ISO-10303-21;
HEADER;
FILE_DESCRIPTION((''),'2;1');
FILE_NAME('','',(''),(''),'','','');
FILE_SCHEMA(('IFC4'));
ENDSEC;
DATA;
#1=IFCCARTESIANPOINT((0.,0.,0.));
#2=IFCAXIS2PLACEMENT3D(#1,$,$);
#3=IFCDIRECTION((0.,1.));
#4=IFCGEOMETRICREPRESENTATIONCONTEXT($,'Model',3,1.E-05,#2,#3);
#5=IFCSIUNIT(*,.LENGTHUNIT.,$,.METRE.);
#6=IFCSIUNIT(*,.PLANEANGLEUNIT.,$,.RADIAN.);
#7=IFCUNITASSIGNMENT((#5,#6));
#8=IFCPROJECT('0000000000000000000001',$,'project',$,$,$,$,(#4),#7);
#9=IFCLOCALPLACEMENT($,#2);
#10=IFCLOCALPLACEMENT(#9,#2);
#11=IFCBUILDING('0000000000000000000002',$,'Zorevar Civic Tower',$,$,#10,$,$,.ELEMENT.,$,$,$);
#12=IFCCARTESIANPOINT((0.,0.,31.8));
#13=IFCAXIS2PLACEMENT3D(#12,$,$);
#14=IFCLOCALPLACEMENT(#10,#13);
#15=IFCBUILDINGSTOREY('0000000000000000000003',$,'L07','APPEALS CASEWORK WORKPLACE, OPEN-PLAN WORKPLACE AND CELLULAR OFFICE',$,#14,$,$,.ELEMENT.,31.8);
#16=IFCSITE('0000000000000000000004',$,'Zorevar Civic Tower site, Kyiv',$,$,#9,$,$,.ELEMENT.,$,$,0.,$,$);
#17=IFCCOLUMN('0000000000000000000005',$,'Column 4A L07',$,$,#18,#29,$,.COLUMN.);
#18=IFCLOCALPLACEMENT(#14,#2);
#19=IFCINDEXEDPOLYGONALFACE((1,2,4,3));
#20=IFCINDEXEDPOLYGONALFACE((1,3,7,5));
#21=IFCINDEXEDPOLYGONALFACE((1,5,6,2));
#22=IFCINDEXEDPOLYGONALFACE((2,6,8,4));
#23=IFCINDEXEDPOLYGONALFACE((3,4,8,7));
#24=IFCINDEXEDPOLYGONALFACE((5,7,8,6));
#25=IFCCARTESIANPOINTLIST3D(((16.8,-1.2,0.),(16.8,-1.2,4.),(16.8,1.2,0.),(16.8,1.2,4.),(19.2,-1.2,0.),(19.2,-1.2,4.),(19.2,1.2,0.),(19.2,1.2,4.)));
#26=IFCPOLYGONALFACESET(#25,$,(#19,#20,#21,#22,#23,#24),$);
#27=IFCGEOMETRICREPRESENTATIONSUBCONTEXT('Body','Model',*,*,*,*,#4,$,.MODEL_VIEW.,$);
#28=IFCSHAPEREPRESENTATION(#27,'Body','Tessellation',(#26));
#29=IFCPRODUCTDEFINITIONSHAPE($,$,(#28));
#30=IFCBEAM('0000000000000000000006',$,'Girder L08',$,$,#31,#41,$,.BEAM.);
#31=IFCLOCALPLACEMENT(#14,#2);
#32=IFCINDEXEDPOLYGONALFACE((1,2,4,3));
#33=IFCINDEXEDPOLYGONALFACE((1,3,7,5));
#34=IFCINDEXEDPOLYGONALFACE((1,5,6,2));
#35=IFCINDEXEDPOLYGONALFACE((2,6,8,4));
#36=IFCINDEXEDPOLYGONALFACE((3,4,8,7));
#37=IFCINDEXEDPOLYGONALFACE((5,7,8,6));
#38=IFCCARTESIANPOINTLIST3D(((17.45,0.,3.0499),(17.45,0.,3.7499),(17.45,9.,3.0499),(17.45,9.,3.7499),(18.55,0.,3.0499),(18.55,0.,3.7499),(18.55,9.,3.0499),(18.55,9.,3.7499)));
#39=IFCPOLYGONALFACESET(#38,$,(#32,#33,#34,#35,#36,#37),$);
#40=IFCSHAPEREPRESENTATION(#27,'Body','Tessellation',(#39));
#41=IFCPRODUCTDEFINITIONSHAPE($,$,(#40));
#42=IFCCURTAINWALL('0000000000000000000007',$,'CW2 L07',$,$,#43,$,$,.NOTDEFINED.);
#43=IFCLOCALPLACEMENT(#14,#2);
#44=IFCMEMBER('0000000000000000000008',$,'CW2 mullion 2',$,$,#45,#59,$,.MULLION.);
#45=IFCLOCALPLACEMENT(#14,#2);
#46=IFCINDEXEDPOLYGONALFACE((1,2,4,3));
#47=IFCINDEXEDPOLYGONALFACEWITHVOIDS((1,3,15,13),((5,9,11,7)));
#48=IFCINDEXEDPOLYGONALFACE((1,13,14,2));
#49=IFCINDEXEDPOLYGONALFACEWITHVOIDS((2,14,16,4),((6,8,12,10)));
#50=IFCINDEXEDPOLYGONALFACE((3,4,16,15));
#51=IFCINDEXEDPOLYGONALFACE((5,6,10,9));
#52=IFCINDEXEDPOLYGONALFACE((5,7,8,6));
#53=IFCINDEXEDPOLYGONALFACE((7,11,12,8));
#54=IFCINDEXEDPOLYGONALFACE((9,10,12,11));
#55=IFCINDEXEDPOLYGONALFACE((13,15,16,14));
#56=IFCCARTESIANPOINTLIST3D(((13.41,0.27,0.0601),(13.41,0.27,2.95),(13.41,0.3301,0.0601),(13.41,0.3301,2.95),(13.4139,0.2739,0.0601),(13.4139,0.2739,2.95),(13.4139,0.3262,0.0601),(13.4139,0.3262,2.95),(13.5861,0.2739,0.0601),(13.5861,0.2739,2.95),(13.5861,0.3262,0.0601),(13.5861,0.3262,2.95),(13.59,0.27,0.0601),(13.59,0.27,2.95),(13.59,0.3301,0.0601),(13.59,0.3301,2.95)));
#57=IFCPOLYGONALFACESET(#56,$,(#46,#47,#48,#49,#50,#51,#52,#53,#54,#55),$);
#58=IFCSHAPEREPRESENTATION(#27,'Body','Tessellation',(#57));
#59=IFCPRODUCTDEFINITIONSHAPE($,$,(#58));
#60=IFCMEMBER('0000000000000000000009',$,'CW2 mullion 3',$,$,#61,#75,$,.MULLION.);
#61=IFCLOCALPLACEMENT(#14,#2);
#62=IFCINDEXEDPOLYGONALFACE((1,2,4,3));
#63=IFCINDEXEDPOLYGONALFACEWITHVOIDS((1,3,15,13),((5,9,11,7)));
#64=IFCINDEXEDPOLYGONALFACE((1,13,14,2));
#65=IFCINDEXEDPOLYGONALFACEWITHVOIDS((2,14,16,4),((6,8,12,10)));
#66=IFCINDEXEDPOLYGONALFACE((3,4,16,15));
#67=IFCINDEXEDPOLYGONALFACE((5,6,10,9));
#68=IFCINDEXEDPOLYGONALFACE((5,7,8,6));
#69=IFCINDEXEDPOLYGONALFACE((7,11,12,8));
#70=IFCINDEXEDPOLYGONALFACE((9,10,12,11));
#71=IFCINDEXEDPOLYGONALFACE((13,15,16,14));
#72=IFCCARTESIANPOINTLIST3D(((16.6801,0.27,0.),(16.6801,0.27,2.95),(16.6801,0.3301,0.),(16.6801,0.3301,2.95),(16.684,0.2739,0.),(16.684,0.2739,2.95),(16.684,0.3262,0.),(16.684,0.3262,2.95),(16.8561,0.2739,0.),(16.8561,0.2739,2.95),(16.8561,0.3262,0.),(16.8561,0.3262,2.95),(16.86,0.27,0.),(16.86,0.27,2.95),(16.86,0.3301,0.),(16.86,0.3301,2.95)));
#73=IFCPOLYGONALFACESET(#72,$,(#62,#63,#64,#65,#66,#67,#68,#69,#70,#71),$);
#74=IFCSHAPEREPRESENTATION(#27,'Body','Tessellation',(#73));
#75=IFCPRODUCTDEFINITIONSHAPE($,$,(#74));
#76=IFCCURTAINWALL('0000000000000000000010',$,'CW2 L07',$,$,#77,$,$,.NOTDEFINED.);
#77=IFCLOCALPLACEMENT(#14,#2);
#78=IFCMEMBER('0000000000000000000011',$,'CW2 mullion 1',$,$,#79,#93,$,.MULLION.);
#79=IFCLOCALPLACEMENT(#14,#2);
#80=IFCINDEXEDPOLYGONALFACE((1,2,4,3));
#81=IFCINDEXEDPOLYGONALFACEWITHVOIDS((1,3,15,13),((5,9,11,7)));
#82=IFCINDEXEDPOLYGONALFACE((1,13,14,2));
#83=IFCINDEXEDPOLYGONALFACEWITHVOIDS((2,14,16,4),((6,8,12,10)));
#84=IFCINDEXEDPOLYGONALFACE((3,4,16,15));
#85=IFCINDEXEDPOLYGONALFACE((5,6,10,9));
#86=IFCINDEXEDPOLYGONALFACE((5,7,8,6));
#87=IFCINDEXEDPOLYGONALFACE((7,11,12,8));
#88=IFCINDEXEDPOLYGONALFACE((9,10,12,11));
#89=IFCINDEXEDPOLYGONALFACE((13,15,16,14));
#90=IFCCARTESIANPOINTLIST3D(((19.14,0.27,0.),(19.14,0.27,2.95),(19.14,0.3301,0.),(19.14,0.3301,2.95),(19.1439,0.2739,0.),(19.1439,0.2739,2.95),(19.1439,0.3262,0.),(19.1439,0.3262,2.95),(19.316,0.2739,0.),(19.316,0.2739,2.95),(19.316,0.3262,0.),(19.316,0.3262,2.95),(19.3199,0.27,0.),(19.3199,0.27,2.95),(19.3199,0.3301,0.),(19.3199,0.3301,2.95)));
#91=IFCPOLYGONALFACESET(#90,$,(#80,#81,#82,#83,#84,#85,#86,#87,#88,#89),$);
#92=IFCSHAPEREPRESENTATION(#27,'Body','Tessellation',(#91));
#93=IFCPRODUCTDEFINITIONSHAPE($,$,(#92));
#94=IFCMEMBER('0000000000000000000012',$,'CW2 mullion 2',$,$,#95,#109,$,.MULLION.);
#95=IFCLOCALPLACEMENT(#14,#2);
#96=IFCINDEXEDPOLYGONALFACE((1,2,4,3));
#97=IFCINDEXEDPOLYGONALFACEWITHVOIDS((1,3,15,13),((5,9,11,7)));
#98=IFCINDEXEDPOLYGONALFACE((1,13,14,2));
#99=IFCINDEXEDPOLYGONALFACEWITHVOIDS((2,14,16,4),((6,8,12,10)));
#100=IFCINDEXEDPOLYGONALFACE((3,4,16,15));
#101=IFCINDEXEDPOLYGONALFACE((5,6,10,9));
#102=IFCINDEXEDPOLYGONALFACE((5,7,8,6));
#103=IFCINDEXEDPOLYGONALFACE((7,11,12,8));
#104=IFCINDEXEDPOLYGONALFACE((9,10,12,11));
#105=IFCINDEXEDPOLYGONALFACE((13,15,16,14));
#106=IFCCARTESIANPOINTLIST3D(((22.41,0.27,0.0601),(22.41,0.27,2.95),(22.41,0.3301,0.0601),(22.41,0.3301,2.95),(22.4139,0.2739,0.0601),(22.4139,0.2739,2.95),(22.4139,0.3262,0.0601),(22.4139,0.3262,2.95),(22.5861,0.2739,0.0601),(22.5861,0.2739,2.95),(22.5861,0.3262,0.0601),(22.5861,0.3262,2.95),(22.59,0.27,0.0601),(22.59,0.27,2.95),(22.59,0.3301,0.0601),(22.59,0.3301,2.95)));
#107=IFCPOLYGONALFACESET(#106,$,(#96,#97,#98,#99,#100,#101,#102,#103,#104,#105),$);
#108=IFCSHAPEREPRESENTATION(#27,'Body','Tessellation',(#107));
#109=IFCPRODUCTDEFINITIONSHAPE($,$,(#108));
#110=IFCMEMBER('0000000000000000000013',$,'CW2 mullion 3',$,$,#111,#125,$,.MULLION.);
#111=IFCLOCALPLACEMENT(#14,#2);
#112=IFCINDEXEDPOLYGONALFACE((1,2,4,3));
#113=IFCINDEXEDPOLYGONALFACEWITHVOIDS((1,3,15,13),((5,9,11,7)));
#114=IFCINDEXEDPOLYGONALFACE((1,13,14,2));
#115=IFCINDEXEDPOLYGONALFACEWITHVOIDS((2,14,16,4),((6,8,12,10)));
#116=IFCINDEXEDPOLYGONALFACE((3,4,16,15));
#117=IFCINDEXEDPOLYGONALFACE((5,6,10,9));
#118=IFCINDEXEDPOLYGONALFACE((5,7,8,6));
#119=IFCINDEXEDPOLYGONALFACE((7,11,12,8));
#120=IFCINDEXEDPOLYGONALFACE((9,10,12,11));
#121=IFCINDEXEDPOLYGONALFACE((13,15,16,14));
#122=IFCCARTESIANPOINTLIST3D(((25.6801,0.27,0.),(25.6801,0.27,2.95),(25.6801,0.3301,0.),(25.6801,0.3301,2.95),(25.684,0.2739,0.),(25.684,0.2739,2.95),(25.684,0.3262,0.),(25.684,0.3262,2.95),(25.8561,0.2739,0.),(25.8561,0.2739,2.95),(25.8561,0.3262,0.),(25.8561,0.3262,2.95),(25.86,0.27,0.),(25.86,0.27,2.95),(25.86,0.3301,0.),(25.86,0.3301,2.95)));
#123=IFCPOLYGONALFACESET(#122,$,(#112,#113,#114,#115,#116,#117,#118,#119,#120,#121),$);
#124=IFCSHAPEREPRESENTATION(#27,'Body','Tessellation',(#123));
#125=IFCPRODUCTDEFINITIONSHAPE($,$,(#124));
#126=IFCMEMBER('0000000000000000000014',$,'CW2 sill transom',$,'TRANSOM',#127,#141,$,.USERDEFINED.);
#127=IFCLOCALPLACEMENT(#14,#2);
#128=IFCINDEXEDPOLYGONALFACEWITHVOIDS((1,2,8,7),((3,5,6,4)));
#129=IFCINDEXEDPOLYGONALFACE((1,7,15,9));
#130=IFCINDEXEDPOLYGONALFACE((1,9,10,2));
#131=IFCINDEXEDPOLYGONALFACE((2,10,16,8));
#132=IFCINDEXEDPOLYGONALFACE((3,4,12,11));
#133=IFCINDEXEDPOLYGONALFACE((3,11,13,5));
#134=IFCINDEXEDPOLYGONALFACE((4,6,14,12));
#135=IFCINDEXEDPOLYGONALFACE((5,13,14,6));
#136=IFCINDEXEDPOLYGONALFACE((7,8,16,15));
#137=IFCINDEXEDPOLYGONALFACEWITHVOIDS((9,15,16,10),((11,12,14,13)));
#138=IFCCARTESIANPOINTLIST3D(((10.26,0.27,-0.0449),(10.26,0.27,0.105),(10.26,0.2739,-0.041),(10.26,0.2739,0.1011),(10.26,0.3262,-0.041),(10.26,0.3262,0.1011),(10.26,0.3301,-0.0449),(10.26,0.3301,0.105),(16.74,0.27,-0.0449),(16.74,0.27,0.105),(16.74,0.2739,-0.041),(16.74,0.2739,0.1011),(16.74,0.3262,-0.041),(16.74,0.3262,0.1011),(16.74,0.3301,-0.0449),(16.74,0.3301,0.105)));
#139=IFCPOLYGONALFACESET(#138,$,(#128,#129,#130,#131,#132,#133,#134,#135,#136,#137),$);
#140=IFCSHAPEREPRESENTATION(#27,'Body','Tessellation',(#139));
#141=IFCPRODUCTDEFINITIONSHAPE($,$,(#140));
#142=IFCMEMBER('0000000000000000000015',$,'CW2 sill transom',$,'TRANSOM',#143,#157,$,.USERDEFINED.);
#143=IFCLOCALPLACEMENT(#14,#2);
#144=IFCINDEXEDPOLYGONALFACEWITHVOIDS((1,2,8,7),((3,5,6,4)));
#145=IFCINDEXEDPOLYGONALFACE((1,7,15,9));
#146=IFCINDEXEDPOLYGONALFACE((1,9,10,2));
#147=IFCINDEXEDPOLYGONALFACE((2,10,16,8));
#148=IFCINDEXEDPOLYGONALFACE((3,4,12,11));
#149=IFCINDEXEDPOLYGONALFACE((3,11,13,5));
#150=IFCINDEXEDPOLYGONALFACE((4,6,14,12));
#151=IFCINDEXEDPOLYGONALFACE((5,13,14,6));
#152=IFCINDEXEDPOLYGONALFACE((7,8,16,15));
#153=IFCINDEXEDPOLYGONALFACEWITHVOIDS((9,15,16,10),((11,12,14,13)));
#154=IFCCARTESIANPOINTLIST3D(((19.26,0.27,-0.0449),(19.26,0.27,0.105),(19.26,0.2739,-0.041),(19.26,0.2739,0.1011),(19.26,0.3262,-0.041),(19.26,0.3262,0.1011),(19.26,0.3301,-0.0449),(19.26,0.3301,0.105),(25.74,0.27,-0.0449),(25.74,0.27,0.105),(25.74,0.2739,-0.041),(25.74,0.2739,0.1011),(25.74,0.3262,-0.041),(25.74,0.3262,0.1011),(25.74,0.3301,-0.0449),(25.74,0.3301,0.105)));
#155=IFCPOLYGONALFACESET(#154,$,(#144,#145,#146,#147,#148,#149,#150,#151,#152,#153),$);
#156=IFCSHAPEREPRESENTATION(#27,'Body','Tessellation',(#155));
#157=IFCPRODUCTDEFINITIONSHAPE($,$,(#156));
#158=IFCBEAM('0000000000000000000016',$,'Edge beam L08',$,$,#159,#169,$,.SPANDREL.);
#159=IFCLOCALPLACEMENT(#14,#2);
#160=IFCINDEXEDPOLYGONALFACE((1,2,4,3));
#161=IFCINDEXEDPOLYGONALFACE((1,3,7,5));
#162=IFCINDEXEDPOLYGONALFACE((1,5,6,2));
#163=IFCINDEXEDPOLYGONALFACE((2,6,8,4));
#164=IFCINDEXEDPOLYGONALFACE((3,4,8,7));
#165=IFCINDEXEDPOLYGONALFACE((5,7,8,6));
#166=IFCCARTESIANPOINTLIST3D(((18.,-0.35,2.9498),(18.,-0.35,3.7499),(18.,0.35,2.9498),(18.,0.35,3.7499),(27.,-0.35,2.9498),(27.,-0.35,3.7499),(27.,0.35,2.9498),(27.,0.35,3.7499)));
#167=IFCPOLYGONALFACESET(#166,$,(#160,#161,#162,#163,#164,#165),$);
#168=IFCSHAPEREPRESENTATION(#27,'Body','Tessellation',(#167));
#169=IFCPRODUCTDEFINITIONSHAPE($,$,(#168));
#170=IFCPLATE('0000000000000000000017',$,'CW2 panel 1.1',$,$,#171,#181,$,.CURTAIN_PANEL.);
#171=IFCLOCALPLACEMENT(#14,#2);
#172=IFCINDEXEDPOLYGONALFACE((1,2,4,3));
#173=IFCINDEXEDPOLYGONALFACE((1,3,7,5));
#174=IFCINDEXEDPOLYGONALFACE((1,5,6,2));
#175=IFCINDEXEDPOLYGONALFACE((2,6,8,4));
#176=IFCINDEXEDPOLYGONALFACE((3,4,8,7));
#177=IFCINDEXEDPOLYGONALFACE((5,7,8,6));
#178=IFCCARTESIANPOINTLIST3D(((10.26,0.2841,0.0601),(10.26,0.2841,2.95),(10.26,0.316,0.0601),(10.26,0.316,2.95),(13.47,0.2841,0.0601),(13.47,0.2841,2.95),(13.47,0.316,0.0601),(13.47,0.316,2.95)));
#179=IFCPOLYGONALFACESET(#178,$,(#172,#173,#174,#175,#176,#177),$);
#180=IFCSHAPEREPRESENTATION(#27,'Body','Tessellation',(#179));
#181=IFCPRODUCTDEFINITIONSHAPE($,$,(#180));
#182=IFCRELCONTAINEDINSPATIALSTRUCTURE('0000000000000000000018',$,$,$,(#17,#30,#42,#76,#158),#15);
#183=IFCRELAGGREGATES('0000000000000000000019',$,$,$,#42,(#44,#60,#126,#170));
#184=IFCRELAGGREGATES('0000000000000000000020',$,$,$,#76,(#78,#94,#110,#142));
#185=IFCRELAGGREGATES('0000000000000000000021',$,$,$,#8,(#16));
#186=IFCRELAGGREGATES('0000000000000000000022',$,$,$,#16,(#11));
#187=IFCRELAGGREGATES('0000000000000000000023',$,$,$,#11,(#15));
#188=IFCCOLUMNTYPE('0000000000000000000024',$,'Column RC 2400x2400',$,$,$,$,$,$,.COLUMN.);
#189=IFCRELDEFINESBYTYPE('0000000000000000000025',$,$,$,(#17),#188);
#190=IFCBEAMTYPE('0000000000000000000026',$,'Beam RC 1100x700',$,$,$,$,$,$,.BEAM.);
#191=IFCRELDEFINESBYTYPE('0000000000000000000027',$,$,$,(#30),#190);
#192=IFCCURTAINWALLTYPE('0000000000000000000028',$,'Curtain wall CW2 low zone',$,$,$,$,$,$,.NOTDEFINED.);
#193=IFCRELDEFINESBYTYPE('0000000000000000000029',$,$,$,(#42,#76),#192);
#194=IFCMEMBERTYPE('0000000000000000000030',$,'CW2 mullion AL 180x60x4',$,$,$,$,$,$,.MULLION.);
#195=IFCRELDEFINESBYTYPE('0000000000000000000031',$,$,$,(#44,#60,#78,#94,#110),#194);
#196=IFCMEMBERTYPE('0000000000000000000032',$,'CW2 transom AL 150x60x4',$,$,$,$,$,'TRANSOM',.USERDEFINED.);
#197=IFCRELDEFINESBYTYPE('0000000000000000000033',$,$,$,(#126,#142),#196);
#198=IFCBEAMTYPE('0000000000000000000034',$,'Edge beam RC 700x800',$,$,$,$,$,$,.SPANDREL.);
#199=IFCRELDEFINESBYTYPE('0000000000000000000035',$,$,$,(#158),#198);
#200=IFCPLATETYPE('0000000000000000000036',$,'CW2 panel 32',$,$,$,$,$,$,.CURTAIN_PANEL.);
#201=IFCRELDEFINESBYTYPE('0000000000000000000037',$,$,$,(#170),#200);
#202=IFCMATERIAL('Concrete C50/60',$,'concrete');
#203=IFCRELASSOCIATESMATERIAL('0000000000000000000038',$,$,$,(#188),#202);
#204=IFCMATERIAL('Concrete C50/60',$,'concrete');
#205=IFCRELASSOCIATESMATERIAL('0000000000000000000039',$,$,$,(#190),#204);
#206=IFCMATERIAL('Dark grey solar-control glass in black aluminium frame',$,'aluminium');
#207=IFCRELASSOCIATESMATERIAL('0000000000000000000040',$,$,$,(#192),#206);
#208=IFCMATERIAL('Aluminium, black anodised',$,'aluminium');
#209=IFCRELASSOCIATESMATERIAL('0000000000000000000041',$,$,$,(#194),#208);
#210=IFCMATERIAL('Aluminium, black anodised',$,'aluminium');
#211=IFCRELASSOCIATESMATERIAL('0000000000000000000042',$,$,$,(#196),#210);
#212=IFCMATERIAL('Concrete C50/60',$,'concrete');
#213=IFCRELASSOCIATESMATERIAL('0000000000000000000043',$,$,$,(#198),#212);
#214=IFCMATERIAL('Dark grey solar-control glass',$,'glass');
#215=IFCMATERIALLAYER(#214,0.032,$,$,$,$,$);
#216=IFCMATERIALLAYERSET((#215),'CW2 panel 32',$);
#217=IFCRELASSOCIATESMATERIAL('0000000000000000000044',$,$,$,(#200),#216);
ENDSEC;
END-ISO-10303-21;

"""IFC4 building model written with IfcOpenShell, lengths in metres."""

from ifc_helpers import new_model, si_unit, direction, frame, origin, origin_2d, place, context, subcontext, project, spatial, rectangle, hollow_rectangle, extrude, material, layer, layer_set, material_profile, profile_set, type_object, element, aggregate, save


model = new_model("IFC4")

# Units and contexts
model_context = context("Model", 3, precision=1e-05, world=origin(), true_north=direction((0.0, 1.0)))
body_context = subcontext(model_context, "Body", "Model", "MODEL_VIEW")
ifc_project = project(units=[si_unit("LENGTHUNIT", "METRE"), si_unit("PLANEANGLEUNIT", "RADIAN")], contexts=[model_context])

# Site, building, storey
site_placement = place(None, origin())
site = spatial("IfcSite", under=ifc_project, at=site_placement, Name="Zorevar Civic Tower site, Kyiv", CompositionType="ELEMENT", RefElevation=0.0)
building_placement = place(site_placement, origin())
building = spatial("IfcBuilding", under=site, at=building_placement, Name="Zorevar Civic Tower", CompositionType="ELEMENT")
storey_placement = place(building_placement, frame((0.0, 0.0, 31.8)))
storey = spatial("IfcBuildingStorey", under=building, at=storey_placement, Name="L07", Description="APPEALS CASEWORK WORKPLACE, OPEN-PLAN WORKPLACE AND CELLULAR OFFICE", CompositionType="ELEMENT", Elevation=31.8)

# Column
ifc_material_1 = material(Name="Concrete C50/60", Category="concrete")
ifc_material_profile_1 = material_profile(ifc_material_1, rectangle(XDim=2.3999, YDim=2.3999, at=origin_2d()), Name="RC 2400x2400")
ifc_profile_set_1 = profile_set([ifc_material_profile_1], Name="Concrete C50/60")
column_type = type_object("IfcColumnType", Name="Column RC 2400x2400", PredefinedType="COLUMN", material=ifc_profile_set_1)
column_placement = place(storey_placement, frame((18.0, 0.0, 0.0), z_axis=(0.0, 0.0, 1.0), x_axis=(1.0, 0.0, 0.0)))
element("IfcColumn", 1, at=column_placement, inside=storey, type_object=column_type, Name="Column 4A L07", PredefinedType="COLUMN", context=body_context, shape_type="SweptSolid", body=[
    extrude(rectangle(XDim=2.3999, YDim=2.3999, at=origin_2d()), origin(), (0.0, 0.0, 1.0), 4.0),
])

# Beam
ifc_material_2 = material(Name="Concrete C50/60", Category="concrete")
ifc_material_profile_2 = material_profile(ifc_material_2, rectangle(XDim=1.1001, YDim=0.7, at=origin_2d()), Name="RC 1100x700")
ifc_profile_set_2 = profile_set([ifc_material_profile_2], Name="Concrete C50/60")
beam_type_1 = type_object("IfcBeamType", Name="Beam RC 1100x700", PredefinedType="BEAM", material=ifc_profile_set_2)
beam_1_placement = place(storey_placement, frame((18.0, 0.0, 3.3999), z_axis=(0.0, 1.0, 0.0), x_axis=(-1.0, 0.0, 0.0)))
element("IfcBeam", 2, at=beam_1_placement, inside=storey, type_object=beam_type_1, Name="Girder L08", PredefinedType="BEAM", context=body_context, shape_type="SweptSolid", body=[
    extrude(rectangle(XDim=1.1001, YDim=0.7, at=origin_2d()), origin(), (0.0, 0.0, 1.0), 9.0),
])

# Curtain walls, members
ifc_material_3 = material(Name="Dark grey solar-control glass in black aluminium frame", Category="aluminium")
curtain_wall_type = type_object("IfcCurtainWallType", Name="Curtain wall CW2 low zone", PredefinedType="NOTDEFINED", material=ifc_material_3)
curtain_wall_1_placement = place(storey_placement, origin())
curtain_wall_1 = element("IfcCurtainWall", 3, at=curtain_wall_1_placement, inside=storey, type_object=curtain_wall_type, Name="CW2 L07", PredefinedType="NOTDEFINED")
ifc_material_4 = material(Name="Aluminium, black anodised", Category="aluminium")
ifc_material_profile_3 = material_profile(ifc_material_4, hollow_rectangle(XDim=0.0601, YDim=0.1799, WallThickness=0.0039, at=origin_2d()), Name="AL 180x60x4")
ifc_profile_set_3 = profile_set([ifc_material_profile_3], Name="Aluminium, black anodised")
member_type_1 = type_object("IfcMemberType", Name="CW2 mullion AL 180x60x4", PredefinedType="MULLION", material=ifc_profile_set_3)
member_1_placement = place(storey_placement, frame((13.5, 0.3, 0.0601), z_axis=(0.0, 0.0, 1.0), x_axis=(0.0, 1.0, 0.0)))
member_1 = element("IfcMember", 4, at=member_1_placement, type_object=member_type_1, Name="CW2 mullion 2", PredefinedType="MULLION", context=body_context, shape_type="SweptSolid", body=[
    extrude(hollow_rectangle(XDim=0.0601, YDim=0.1799, WallThickness=0.0039, at=origin_2d()), origin(), (0.0, 0.0, 1.0), 2.8899),
])
member_2_placement = place(storey_placement, frame((16.77, 0.3, 0.0), z_axis=(0.0, 0.0, 1.0), x_axis=(0.0, 1.0, 0.0)))
member_2 = element("IfcMember", 5, at=member_2_placement, type_object=member_type_1, Name="CW2 mullion 3", PredefinedType="MULLION", context=body_context, shape_type="SweptSolid", body=[
    extrude(hollow_rectangle(XDim=0.0601, YDim=0.1799, WallThickness=0.0039, at=origin_2d()), origin(), (0.0, 0.0, 1.0), 2.95),
])
curtain_wall_2_placement = place(storey_placement, origin())
curtain_wall_2 = element("IfcCurtainWall", 6, at=curtain_wall_2_placement, inside=storey, type_object=curtain_wall_type, Name="CW2 L07", PredefinedType="NOTDEFINED")
member_3_placement = place(storey_placement, frame((19.23, 0.3, 0.0), z_axis=(0.0, 0.0, 1.0), x_axis=(0.0, 1.0, 0.0)))
member_3 = element("IfcMember", 7, at=member_3_placement, type_object=member_type_1, Name="CW2 mullion 1", PredefinedType="MULLION", context=body_context, shape_type="SweptSolid", body=[
    extrude(hollow_rectangle(XDim=0.0601, YDim=0.1799, WallThickness=0.0039, at=origin_2d()), origin(), (0.0, 0.0, 1.0), 2.95),
])
member_4_placement = place(storey_placement, frame((22.5, 0.3, 0.0601), z_axis=(0.0, 0.0, 1.0), x_axis=(0.0, 1.0, 0.0)))
member_4 = element("IfcMember", 8, at=member_4_placement, type_object=member_type_1, Name="CW2 mullion 2", PredefinedType="MULLION", context=body_context, shape_type="SweptSolid", body=[
    extrude(hollow_rectangle(XDim=0.0601, YDim=0.1799, WallThickness=0.0039, at=origin_2d()), origin(), (0.0, 0.0, 1.0), 2.8899),
])
member_5_placement = place(storey_placement, frame((25.77, 0.3, 0.0), z_axis=(0.0, 0.0, 1.0), x_axis=(0.0, 1.0, 0.0)))
member_5 = element("IfcMember", 9, at=member_5_placement, type_object=member_type_1, Name="CW2 mullion 3", PredefinedType="MULLION", context=body_context, shape_type="SweptSolid", body=[
    extrude(hollow_rectangle(XDim=0.0601, YDim=0.1799, WallThickness=0.0039, at=origin_2d()), origin(), (0.0, 0.0, 1.0), 2.95),
])

# Members
ifc_material_5 = material(Name="Aluminium, black anodised", Category="aluminium")
ifc_material_profile_4 = material_profile(ifc_material_5, hollow_rectangle(XDim=0.0601, YDim=0.1499, WallThickness=0.0039, at=origin_2d()), Name="AL 150x60x4")
ifc_profile_set_4 = profile_set([ifc_material_profile_4], Name="Aluminium, black anodised")
member_type_2 = type_object("IfcMemberType", Name="CW2 transom AL 150x60x4", ElementType="TRANSOM", PredefinedType="USERDEFINED", material=ifc_profile_set_4)
member_6_placement = place(storey_placement, frame((10.26, 0.3, 0.03), z_axis=(1.0, 0.0, 0.0), x_axis=(0.0, 1.0, 0.0)))
member_6 = element("IfcMember", 10, at=member_6_placement, type_object=member_type_2, Name="CW2 sill transom", ObjectType="TRANSOM", PredefinedType="USERDEFINED", context=body_context, shape_type="SweptSolid", body=[
    extrude(hollow_rectangle(XDim=0.0601, YDim=0.1499, WallThickness=0.0039, at=origin_2d()), origin(), (0.0, 0.0, 1.0), 6.48),
])
member_7_placement = place(storey_placement, frame((19.26, 0.3, 0.03), z_axis=(1.0, 0.0, 0.0), x_axis=(0.0, 1.0, 0.0)))
member_7 = element("IfcMember", 11, at=member_7_placement, type_object=member_type_2, Name="CW2 sill transom", ObjectType="TRANSOM", PredefinedType="USERDEFINED", context=body_context, shape_type="SweptSolid", body=[
    extrude(hollow_rectangle(XDim=0.0601, YDim=0.1499, WallThickness=0.0039, at=origin_2d()), origin(), (0.0, 0.0, 1.0), 6.48),
])

# Beam
ifc_material_6 = material(Name="Concrete C50/60", Category="concrete")
ifc_material_profile_5 = material_profile(ifc_material_6, rectangle(XDim=0.7, YDim=0.8, at=origin_2d()), Name="RC 700x800")
ifc_profile_set_5 = profile_set([ifc_material_profile_5], Name="Concrete C50/60")
beam_type_2 = type_object("IfcBeamType", Name="Edge beam RC 700x800", PredefinedType="SPANDREL", material=ifc_profile_set_5)
beam_2_placement = place(storey_placement, frame((18.0, 0.0, 3.3499), z_axis=(1.0, 0.0, 0.0), x_axis=(0.0, 1.0, 0.0)))
element("IfcBeam", 12, at=beam_2_placement, inside=storey, type_object=beam_type_2, Name="Edge beam L08", PredefinedType="SPANDREL", context=body_context, shape_type="SweptSolid", body=[
    extrude(rectangle(XDim=0.7, YDim=0.8, at=origin_2d()), origin(), (0.0, 0.0, 1.0), 9.0),
])

# Plate
ifc_material_7 = material(Name="Dark grey solar-control glass", Category="glass")
ifc_layer_1 = layer(ifc_material_7, 0.032)
ifc_layer_set_1 = layer_set([ifc_layer_1], Name="CW2 panel 32")
plate_type = type_object("IfcPlateType", Name="CW2 panel 32", PredefinedType="CURTAIN_PANEL", material=ifc_layer_set_1)
plate_1_placement = place(storey_placement, frame((11.865, 0.3, 0.0601), z_axis=(0.0, 0.0, 1.0), x_axis=(1.0, 0.0, 0.0)))
plate_1 = element("IfcPlate", 13, at=plate_1_placement, type_object=plate_type, Name="CW2 panel 1.1", PredefinedType="CURTAIN_PANEL", context=body_context, shape_type="SweptSolid", body=[
    extrude(rectangle(XDim=3.21, YDim=0.032, at=origin_2d()), origin(), (0.0, 0.0, 1.0), 2.8899),
])
aggregate(curtain_wall_1, [member_1, member_2, member_6, plate_1])
aggregate(curtain_wall_2, [member_3, member_4, member_5, member_7])

save(model, "model.ifc")
